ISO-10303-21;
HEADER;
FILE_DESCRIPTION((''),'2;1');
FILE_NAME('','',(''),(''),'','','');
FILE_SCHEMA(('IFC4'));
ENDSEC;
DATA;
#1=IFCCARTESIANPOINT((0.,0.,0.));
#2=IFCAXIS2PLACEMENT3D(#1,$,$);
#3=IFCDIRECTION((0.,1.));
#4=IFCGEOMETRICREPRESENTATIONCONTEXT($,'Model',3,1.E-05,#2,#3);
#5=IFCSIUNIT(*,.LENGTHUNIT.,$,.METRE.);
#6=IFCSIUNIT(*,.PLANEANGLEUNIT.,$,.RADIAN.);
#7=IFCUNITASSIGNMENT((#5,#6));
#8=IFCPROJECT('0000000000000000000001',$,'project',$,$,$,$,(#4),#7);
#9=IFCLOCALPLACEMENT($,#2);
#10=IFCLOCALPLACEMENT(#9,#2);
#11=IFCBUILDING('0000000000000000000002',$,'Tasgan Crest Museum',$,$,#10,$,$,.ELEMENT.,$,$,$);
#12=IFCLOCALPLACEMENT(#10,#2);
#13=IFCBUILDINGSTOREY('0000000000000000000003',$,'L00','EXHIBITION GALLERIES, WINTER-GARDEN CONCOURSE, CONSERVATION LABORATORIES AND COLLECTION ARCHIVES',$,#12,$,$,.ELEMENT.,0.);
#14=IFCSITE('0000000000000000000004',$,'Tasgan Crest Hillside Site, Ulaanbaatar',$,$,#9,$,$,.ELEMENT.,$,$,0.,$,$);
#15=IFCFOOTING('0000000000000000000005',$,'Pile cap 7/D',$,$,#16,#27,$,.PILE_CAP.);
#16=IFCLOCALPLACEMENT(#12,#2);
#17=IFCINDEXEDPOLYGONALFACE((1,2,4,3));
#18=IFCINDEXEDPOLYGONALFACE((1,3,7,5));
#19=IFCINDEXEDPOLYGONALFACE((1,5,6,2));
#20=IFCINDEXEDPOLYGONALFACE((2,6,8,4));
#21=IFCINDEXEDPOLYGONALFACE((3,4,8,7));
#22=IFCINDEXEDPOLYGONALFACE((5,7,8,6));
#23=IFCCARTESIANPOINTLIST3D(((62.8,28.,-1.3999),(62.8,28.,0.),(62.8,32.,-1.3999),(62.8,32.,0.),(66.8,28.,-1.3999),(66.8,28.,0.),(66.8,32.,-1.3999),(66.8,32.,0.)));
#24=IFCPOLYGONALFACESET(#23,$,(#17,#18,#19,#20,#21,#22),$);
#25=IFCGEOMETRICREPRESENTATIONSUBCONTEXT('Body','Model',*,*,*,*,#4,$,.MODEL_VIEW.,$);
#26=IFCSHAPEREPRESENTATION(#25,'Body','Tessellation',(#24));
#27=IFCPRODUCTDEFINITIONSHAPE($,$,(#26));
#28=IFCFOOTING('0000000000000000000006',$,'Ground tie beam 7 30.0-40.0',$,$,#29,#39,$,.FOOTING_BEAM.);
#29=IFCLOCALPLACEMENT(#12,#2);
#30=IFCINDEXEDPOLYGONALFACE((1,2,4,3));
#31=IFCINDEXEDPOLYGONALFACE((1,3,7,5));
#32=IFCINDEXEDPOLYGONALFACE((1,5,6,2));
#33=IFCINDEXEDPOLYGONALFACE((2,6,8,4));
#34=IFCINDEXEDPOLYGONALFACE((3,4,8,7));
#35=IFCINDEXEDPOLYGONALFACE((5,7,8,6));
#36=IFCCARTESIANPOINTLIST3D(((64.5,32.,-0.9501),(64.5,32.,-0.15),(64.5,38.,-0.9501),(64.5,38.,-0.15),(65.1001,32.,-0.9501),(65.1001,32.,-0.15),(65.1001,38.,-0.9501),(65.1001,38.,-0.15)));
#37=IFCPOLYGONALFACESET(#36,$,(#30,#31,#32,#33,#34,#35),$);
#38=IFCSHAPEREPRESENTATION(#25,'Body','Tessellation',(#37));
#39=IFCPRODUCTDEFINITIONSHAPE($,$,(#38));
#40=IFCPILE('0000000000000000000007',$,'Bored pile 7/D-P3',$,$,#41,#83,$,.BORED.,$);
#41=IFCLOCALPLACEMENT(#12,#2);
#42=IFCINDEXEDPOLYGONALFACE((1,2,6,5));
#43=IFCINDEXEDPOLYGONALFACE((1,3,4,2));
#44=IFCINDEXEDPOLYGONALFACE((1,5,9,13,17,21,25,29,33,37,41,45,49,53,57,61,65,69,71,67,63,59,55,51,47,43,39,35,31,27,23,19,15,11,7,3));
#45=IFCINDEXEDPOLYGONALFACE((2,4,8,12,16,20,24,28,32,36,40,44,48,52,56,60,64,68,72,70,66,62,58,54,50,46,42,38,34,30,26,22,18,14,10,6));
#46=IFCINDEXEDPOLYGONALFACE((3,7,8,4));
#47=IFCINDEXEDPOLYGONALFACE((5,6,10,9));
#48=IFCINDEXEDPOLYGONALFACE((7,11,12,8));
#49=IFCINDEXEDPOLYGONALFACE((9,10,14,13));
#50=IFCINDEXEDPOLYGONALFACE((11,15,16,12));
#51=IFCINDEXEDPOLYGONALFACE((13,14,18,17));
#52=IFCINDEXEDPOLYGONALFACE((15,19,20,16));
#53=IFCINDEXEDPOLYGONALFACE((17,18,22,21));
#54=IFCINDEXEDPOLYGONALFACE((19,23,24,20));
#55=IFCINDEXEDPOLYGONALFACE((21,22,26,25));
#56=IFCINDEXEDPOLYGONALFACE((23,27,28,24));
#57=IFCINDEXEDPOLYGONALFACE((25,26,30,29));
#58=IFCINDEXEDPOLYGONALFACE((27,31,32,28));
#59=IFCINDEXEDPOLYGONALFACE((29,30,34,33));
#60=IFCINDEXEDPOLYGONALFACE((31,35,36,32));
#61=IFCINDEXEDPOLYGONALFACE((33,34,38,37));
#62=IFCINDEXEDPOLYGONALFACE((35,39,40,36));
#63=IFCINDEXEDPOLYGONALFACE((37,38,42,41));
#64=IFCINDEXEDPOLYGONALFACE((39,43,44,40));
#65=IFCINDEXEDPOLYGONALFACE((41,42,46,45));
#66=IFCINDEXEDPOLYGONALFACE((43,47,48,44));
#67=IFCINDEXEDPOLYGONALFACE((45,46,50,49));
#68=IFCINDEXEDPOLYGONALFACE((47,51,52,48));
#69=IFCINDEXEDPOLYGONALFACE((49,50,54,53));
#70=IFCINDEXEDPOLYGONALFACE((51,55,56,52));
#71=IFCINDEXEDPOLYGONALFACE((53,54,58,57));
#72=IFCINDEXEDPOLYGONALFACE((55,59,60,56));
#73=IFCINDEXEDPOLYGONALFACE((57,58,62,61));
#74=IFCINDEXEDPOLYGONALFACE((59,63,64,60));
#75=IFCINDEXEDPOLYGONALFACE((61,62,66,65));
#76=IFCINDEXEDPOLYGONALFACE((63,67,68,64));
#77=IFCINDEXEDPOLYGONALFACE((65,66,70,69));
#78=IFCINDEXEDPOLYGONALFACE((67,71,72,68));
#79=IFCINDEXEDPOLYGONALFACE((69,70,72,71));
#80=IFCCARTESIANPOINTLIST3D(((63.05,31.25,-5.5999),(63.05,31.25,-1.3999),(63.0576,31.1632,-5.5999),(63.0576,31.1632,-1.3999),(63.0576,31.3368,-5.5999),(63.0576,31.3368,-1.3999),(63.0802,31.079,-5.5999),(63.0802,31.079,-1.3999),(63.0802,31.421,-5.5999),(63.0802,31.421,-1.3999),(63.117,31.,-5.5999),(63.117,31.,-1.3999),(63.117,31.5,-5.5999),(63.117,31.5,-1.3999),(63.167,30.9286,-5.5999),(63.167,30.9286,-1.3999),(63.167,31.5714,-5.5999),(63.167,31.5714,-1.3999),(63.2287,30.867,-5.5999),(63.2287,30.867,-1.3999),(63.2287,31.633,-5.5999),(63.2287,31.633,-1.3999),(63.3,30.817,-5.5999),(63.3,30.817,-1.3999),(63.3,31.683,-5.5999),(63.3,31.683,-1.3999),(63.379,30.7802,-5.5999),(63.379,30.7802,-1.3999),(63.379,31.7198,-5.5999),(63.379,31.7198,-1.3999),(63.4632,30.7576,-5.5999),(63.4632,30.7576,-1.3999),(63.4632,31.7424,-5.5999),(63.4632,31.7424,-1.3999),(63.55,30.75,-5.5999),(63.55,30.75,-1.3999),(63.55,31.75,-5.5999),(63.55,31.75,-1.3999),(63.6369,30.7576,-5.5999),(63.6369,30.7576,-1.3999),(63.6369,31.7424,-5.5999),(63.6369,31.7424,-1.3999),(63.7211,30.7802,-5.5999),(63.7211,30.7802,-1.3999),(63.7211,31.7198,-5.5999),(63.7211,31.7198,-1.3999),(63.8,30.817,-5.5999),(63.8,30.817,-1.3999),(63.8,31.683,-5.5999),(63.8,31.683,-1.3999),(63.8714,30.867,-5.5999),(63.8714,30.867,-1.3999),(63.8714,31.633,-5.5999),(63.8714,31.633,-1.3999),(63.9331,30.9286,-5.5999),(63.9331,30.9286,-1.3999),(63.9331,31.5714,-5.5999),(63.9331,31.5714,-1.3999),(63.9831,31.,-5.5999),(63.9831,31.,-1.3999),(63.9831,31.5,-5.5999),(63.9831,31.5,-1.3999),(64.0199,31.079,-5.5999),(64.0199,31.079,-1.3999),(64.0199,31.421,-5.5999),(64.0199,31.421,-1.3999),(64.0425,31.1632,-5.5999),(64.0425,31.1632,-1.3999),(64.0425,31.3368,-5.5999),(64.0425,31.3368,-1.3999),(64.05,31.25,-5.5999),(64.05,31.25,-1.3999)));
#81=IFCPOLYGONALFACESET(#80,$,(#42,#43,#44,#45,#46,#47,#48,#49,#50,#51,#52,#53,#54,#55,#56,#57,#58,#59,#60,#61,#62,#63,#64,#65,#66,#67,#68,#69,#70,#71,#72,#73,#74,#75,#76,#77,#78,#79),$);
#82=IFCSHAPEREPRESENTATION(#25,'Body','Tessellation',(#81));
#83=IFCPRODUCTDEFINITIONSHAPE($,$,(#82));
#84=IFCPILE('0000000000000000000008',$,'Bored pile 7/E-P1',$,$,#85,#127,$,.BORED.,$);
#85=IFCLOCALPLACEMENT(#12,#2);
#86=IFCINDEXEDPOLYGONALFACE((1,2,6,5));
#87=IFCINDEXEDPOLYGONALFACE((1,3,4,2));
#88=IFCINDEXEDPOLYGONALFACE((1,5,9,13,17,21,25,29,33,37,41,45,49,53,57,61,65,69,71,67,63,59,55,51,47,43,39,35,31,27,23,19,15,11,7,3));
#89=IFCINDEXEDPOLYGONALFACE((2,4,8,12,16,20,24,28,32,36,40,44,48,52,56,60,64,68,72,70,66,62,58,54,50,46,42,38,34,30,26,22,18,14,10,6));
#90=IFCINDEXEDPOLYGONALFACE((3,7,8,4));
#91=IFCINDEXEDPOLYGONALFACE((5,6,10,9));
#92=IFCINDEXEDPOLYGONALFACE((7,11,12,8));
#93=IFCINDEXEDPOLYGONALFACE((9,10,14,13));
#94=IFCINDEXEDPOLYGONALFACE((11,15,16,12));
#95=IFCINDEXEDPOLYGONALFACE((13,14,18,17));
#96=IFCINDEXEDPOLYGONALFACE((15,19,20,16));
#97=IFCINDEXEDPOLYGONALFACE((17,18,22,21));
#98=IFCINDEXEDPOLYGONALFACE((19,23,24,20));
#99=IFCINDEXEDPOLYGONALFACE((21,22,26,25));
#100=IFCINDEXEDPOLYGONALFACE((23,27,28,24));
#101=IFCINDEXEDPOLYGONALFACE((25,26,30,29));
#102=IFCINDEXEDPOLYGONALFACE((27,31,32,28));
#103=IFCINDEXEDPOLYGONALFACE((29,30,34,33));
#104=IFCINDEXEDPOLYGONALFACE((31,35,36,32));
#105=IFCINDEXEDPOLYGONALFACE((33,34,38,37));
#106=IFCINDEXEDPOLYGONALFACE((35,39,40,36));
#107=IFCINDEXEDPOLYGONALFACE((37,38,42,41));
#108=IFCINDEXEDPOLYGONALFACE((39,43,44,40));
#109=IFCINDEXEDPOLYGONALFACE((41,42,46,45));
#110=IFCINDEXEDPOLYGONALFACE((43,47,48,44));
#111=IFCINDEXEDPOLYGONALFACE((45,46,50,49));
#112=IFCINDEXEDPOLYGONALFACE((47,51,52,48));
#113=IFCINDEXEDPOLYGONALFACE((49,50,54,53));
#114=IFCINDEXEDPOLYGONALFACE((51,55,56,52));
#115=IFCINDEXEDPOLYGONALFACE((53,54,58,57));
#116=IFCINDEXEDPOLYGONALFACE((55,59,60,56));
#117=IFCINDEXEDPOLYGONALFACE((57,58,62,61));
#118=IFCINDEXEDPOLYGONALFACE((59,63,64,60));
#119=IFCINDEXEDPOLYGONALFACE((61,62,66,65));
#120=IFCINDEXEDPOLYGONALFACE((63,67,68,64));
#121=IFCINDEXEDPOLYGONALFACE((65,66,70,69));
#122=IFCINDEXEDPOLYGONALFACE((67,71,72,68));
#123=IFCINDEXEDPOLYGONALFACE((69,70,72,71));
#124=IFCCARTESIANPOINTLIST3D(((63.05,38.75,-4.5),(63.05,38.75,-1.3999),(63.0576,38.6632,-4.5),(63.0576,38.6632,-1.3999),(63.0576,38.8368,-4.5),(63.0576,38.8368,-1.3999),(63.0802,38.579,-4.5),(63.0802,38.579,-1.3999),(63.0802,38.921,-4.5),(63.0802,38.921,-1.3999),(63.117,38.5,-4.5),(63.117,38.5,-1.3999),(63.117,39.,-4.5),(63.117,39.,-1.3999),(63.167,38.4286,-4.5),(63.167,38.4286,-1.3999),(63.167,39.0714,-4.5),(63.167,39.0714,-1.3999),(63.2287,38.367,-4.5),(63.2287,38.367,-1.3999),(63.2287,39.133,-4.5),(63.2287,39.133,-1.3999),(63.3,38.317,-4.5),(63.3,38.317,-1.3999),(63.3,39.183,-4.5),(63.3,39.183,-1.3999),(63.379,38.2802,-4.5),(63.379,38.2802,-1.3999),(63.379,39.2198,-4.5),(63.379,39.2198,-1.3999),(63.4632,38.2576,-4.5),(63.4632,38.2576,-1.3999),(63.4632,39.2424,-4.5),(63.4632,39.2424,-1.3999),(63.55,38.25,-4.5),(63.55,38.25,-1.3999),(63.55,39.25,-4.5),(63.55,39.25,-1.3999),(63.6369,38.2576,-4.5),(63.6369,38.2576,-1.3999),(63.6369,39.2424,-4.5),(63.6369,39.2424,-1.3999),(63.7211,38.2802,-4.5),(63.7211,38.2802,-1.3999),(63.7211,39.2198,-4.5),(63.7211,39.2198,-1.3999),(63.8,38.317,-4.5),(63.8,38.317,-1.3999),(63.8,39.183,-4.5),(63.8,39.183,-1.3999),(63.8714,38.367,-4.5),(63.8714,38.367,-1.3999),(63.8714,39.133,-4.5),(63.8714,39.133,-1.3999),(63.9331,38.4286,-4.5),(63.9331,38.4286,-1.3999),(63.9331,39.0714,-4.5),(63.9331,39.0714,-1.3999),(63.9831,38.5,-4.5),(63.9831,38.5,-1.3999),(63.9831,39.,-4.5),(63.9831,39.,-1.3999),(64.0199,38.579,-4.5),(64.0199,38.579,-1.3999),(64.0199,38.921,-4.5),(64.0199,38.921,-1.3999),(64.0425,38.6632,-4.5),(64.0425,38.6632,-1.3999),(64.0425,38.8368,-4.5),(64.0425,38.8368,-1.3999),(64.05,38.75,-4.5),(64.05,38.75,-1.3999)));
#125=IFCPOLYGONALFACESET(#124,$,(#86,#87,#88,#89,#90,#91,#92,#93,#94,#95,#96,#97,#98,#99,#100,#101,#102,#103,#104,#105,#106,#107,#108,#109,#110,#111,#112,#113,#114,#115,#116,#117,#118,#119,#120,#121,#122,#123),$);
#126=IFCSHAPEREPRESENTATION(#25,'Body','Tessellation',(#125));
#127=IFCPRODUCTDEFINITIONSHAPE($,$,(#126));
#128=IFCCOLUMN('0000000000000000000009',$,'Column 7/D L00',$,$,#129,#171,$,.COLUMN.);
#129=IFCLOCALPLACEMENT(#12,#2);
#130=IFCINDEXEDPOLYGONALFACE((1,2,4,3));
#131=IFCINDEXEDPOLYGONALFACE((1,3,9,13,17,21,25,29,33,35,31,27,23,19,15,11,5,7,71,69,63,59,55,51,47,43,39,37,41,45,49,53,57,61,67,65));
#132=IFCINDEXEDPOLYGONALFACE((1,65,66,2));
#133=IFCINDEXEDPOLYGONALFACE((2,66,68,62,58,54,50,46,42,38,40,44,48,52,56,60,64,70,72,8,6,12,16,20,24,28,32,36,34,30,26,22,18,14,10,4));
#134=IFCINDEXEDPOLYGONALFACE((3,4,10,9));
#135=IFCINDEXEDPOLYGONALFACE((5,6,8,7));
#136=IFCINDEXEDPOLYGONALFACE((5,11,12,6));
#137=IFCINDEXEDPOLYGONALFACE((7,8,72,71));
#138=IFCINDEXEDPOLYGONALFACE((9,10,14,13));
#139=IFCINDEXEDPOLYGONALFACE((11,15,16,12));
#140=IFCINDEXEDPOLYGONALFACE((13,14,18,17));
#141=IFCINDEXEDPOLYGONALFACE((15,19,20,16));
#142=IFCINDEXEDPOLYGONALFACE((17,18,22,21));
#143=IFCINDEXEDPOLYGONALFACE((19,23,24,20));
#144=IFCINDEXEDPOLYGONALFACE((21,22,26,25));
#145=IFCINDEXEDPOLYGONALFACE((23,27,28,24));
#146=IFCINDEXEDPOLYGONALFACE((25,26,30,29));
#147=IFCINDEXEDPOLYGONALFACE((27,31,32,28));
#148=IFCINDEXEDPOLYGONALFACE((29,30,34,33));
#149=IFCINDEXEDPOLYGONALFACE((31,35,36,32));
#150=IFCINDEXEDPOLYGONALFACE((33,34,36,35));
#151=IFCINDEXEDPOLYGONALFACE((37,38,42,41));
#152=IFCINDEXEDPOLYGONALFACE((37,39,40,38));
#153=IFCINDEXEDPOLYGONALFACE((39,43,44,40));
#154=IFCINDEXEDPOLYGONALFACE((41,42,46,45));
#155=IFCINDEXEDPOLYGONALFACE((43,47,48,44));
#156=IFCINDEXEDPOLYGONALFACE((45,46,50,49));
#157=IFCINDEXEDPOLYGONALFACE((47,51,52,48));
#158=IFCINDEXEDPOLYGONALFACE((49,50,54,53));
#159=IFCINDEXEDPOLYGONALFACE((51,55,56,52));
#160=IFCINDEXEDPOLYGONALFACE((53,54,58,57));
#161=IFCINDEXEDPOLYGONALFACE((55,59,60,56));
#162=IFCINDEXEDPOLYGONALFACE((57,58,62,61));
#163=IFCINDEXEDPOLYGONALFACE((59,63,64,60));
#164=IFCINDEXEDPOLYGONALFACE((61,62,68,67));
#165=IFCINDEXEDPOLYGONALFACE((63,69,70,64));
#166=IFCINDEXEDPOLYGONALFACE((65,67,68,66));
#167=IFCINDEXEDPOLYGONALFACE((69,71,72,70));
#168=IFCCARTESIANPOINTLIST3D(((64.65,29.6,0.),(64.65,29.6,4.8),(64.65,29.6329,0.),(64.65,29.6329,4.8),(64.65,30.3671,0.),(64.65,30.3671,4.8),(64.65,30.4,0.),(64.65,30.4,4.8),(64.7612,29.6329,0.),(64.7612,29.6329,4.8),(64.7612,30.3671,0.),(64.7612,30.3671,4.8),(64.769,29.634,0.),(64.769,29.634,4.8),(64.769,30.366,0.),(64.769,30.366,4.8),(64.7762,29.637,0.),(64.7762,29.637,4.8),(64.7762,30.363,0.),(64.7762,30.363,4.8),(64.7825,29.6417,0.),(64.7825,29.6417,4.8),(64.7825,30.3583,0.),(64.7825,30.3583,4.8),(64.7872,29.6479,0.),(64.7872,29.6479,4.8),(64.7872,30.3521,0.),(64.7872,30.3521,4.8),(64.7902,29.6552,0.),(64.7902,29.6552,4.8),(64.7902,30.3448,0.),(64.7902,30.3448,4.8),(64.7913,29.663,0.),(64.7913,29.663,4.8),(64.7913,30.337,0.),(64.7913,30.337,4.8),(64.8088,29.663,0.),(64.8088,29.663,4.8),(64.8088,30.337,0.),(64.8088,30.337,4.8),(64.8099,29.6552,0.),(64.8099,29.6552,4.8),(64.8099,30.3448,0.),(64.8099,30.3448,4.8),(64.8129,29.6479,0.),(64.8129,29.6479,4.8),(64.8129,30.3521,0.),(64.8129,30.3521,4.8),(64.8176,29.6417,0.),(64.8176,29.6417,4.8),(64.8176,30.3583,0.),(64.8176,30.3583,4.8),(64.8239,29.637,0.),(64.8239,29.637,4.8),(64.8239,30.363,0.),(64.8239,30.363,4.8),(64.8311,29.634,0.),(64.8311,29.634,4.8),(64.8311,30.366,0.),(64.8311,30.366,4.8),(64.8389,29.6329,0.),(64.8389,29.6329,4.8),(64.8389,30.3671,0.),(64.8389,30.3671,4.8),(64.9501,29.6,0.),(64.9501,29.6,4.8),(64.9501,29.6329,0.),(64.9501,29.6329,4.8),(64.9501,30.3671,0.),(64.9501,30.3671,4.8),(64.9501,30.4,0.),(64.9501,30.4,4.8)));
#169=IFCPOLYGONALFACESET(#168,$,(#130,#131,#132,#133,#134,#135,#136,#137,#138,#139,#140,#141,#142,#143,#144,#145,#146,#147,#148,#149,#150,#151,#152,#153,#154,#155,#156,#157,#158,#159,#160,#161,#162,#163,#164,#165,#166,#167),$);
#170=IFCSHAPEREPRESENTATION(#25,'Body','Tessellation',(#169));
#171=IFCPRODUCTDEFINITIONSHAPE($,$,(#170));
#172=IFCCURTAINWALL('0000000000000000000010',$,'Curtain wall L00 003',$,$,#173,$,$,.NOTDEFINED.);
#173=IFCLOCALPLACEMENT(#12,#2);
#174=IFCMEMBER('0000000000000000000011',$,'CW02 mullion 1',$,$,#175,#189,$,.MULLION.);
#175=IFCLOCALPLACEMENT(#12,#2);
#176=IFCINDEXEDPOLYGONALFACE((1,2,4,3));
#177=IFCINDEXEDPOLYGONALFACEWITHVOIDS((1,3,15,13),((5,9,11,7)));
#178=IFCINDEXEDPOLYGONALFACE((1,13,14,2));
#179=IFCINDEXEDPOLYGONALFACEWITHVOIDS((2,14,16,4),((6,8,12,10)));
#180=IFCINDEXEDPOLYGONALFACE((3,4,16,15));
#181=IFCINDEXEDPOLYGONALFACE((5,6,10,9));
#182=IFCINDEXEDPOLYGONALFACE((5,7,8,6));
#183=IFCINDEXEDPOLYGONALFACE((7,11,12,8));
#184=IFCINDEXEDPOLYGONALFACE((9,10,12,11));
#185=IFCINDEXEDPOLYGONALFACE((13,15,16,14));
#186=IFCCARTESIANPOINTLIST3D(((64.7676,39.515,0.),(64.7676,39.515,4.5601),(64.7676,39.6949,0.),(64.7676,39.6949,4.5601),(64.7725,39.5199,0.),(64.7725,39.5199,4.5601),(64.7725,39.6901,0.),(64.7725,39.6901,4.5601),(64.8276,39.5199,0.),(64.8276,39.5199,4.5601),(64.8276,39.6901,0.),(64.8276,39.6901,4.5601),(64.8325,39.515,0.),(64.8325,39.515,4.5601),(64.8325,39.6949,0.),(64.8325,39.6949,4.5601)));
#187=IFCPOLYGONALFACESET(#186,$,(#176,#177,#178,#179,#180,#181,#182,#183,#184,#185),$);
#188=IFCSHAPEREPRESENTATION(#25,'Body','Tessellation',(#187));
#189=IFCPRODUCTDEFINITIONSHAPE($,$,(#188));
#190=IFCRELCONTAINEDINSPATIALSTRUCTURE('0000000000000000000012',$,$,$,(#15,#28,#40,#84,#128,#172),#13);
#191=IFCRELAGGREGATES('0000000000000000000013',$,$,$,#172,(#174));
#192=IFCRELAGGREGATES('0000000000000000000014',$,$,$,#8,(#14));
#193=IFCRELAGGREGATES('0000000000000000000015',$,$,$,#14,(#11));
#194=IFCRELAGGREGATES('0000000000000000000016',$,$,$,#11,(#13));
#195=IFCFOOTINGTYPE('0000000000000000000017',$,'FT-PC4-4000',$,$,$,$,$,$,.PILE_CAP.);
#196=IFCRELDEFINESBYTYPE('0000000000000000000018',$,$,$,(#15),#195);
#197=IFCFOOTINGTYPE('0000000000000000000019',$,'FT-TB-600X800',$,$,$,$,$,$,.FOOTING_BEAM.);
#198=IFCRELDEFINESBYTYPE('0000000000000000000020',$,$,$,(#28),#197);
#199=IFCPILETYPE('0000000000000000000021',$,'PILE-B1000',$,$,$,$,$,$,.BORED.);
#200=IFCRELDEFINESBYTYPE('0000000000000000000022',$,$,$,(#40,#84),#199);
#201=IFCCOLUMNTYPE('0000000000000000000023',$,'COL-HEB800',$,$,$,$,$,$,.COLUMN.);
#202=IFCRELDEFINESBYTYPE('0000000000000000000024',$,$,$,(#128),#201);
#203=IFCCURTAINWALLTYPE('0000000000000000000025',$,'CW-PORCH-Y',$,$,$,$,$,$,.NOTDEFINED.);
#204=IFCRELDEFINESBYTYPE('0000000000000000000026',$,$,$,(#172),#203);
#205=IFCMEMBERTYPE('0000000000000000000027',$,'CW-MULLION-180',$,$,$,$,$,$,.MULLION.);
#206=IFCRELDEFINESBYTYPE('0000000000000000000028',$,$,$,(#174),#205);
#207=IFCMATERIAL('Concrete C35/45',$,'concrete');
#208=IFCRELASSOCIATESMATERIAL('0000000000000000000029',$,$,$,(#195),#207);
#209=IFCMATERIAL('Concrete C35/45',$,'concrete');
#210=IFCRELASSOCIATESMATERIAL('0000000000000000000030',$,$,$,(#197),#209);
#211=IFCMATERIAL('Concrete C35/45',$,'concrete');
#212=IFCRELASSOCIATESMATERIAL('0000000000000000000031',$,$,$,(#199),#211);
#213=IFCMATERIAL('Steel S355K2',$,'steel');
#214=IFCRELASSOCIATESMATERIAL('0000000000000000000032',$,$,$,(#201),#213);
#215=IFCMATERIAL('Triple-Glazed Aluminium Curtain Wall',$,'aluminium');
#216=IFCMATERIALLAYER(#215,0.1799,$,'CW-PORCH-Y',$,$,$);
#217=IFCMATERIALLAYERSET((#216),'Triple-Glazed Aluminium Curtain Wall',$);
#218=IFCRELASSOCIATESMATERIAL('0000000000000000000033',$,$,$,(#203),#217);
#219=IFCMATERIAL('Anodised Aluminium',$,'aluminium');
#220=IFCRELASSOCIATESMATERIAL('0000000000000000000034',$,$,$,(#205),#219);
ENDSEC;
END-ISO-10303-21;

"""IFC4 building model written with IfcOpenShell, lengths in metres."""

from ifc_helpers import new_model, si_unit, direction, frame, origin, origin_2d, place, context, subcontext, project, spatial, rectangle, hollow_rectangle, circle, i_section, extrude, material, layer, layer_set, material_profile, profile_set, type_object, element, aggregate, save


model = new_model("IFC4")

# Units and contexts
model_context = context("Model", 3, precision=1e-05, world=origin(), true_north=direction((0.0, 1.0)))
body_context = subcontext(model_context, "Body", "Model", "MODEL_VIEW")
ifc_project = project(units=[si_unit("LENGTHUNIT", "METRE"), si_unit("PLANEANGLEUNIT", "RADIAN")], contexts=[model_context])

# Site, building, storey
site_placement = place(None, origin())
site = spatial("IfcSite", under=ifc_project, at=site_placement, Name="Tasgan Crest Hillside Site, Ulaanbaatar", CompositionType="ELEMENT", RefElevation=0.0)
building_placement = place(site_placement, origin())
building = spatial("IfcBuilding", under=site, at=building_placement, Name="Tasgan Crest Museum", CompositionType="ELEMENT")
storey_placement = place(building_placement, origin())
storey = spatial("IfcBuildingStorey", under=building, at=storey_placement, Name="L00", Description="EXHIBITION GALLERIES, WINTER-GARDEN CONCOURSE, CONSERVATION LABORATORIES AND COLLECTION ARCHIVES", CompositionType="ELEMENT", Elevation=0.0)

# Footings
ifc_material_1 = material(Name="Concrete C35/45", Category="concrete")
footing_type_1 = type_object("IfcFootingType", Name="FT-PC4-4000", PredefinedType="PILE_CAP", material=ifc_material_1)
footing_1_placement = place(storey_placement, frame((64.8, 30.0, -1.3999), z_axis=(0.0, 0.0, 1.0), x_axis=(1.0, 0.0, 0.0)))
element("IfcFooting", 1, at=footing_1_placement, inside=storey, type_object=footing_type_1, Name="Pile cap 7/D", PredefinedType="PILE_CAP", context=body_context, shape_type="SweptSolid", body=[
    extrude(rectangle(XDim=4.0, YDim=4.0, at=origin_2d()), origin(), (0.0, 0.0, 1.0), 1.3999),
])
ifc_material_2 = material(Name="Concrete C35/45", Category="concrete")
ifc_material_profile_1 = material_profile(ifc_material_2, rectangle(XDim=0.6001, YDim=0.8, at=origin_2d()), Name="TB 600x800")
ifc_profile_set_1 = profile_set([ifc_material_profile_1], Name="Concrete C35/45")
footing_type_2 = type_object("IfcFootingType", Name="FT-TB-600X800", PredefinedType="FOOTING_BEAM", material=ifc_profile_set_1)
footing_2_placement = place(storey_placement, frame((64.8, 32.0, -0.55), z_axis=(0.0, 1.0, 0.0), x_axis=(-1.0, 0.0, 0.0)))
element("IfcFooting", 2, at=footing_2_placement, inside=storey, type_object=footing_type_2, Name="Ground tie beam 7 30.0-40.0", PredefinedType="FOOTING_BEAM", context=body_context, shape_type="SweptSolid", body=[
    extrude(rectangle(XDim=0.6001, YDim=0.8, at=origin_2d()), origin(), (0.0, 0.0, 1.0), 6.0),
])

# Piles
ifc_material_3 = material(Name="Concrete C35/45", Category="concrete")
ifc_material_profile_2 = material_profile(ifc_material_3, circle(Radius=0.5, at=origin_2d()), Name="PILE D1000")
ifc_profile_set_2 = profile_set([ifc_material_profile_2], Name="Concrete C35/45")
pile_type = type_object("IfcPileType", Name="PILE-B1000", PredefinedType="BORED", material=ifc_profile_set_2)
pile_1_placement = place(storey_placement, frame((63.55, 31.25, -1.3999), z_axis=(0.0, 0.0, -1.0), x_axis=(1.0, 0.0, 0.0)))
element("IfcPile", 3, at=pile_1_placement, inside=storey, type_object=pile_type, Name="Bored pile 7/D-P3", PredefinedType="BORED", context=body_context, shape_type="SweptSolid", body=[
    extrude(circle(Radius=0.5, at=origin_2d()), origin(), (0.0, 0.0, 1.0), 4.2),
])
pile_2_placement = place(storey_placement, frame((63.55, 38.75, -1.3999), z_axis=(0.0, 0.0, -1.0), x_axis=(1.0, 0.0, 0.0)))
element("IfcPile", 4, at=pile_2_placement, inside=storey, type_object=pile_type, Name="Bored pile 7/E-P1", PredefinedType="BORED", context=body_context, shape_type="SweptSolid", body=[
    extrude(circle(Radius=0.5, at=origin_2d()), origin(), (0.0, 0.0, 1.0), 3.1001),
])

# Column
ifc_material_4 = material(Name="Steel S355K2", Category="steel")
ifc_material_profile_3 = material_profile(ifc_material_4, i_section(OverallWidth=0.3, OverallDepth=0.8, WebThickness=0.0176, FlangeThickness=0.033, FilletRadius=0.03, at=origin_2d()), Name="HEB 800")
ifc_profile_set_3 = profile_set([ifc_material_profile_3], Name="Steel S355K2")
column_type = type_object("IfcColumnType", Name="COL-HEB800", PredefinedType="COLUMN", material=ifc_profile_set_3)
column_placement = place(storey_placement, frame((64.8, 30.0, 0.0), z_axis=(0.0, 0.0, 1.0), x_axis=(1.0, 0.0, 0.0)))
element("IfcColumn", 5, at=column_placement, inside=storey, type_object=column_type, Name="Column 7/D L00", PredefinedType="COLUMN", context=body_context, shape_type="SweptSolid", body=[
    extrude(i_section(OverallWidth=0.3, OverallDepth=0.8, WebThickness=0.0176, FlangeThickness=0.033, FilletRadius=0.03, at=origin_2d()), origin(), (0.0, 0.0, 1.0), 4.8),
])

# Curtain wall, member
ifc_material_5 = material(Name="Triple-Glazed Aluminium Curtain Wall", Category="aluminium")
ifc_layer_1 = layer(ifc_material_5, 0.1799, Name="CW-PORCH-Y")
ifc_layer_set_1 = layer_set([ifc_layer_1], Name="Triple-Glazed Aluminium Curtain Wall")
curtain_wall_type_1 = type_object("IfcCurtainWallType", Name="CW-PORCH-Y", PredefinedType="NOTDEFINED", material=ifc_layer_set_1)
curtain_wall_1_placement = place(storey_placement, origin())
curtain_wall_1 = element("IfcCurtainWall", 6, at=curtain_wall_1_placement, inside=storey, type_object=curtain_wall_type_1, Name="Curtain wall L00 003", PredefinedType="NOTDEFINED")
ifc_material_6 = material(Name="Anodised Aluminium", Category="aluminium")
ifc_material_profile_4 = material_profile(ifc_material_6, hollow_rectangle(XDim=0.0649, YDim=0.1799, WallThickness=0.0049, at=origin_2d()), Name="ALU MULLION 180x65x5")
ifc_profile_set_4 = profile_set([ifc_material_profile_4], Name="Anodised Aluminium")
member_type_1 = type_object("IfcMemberType", Name="CW-MULLION-180", PredefinedType="MULLION", material=ifc_profile_set_4)
member_1_placement = place(storey_placement, frame((64.8, 39.605, 0.0), z_axis=(0.0, 0.0, 1.0), x_axis=(1.0, 0.0, 0.0)))
member_1 = element("IfcMember", 7, at=member_1_placement, type_object=member_type_1, Name="CW02 mullion 1", PredefinedType="MULLION", context=body_context, shape_type="SweptSolid", body=[
    extrude(hollow_rectangle(XDim=0.0649, YDim=0.1799, WallThickness=0.0049, at=origin_2d()), origin(), (0.0, 0.0, 1.0), 4.5601),
])

aggregate(curtain_wall_1, [member_1])

save(model, "model.ifc")
